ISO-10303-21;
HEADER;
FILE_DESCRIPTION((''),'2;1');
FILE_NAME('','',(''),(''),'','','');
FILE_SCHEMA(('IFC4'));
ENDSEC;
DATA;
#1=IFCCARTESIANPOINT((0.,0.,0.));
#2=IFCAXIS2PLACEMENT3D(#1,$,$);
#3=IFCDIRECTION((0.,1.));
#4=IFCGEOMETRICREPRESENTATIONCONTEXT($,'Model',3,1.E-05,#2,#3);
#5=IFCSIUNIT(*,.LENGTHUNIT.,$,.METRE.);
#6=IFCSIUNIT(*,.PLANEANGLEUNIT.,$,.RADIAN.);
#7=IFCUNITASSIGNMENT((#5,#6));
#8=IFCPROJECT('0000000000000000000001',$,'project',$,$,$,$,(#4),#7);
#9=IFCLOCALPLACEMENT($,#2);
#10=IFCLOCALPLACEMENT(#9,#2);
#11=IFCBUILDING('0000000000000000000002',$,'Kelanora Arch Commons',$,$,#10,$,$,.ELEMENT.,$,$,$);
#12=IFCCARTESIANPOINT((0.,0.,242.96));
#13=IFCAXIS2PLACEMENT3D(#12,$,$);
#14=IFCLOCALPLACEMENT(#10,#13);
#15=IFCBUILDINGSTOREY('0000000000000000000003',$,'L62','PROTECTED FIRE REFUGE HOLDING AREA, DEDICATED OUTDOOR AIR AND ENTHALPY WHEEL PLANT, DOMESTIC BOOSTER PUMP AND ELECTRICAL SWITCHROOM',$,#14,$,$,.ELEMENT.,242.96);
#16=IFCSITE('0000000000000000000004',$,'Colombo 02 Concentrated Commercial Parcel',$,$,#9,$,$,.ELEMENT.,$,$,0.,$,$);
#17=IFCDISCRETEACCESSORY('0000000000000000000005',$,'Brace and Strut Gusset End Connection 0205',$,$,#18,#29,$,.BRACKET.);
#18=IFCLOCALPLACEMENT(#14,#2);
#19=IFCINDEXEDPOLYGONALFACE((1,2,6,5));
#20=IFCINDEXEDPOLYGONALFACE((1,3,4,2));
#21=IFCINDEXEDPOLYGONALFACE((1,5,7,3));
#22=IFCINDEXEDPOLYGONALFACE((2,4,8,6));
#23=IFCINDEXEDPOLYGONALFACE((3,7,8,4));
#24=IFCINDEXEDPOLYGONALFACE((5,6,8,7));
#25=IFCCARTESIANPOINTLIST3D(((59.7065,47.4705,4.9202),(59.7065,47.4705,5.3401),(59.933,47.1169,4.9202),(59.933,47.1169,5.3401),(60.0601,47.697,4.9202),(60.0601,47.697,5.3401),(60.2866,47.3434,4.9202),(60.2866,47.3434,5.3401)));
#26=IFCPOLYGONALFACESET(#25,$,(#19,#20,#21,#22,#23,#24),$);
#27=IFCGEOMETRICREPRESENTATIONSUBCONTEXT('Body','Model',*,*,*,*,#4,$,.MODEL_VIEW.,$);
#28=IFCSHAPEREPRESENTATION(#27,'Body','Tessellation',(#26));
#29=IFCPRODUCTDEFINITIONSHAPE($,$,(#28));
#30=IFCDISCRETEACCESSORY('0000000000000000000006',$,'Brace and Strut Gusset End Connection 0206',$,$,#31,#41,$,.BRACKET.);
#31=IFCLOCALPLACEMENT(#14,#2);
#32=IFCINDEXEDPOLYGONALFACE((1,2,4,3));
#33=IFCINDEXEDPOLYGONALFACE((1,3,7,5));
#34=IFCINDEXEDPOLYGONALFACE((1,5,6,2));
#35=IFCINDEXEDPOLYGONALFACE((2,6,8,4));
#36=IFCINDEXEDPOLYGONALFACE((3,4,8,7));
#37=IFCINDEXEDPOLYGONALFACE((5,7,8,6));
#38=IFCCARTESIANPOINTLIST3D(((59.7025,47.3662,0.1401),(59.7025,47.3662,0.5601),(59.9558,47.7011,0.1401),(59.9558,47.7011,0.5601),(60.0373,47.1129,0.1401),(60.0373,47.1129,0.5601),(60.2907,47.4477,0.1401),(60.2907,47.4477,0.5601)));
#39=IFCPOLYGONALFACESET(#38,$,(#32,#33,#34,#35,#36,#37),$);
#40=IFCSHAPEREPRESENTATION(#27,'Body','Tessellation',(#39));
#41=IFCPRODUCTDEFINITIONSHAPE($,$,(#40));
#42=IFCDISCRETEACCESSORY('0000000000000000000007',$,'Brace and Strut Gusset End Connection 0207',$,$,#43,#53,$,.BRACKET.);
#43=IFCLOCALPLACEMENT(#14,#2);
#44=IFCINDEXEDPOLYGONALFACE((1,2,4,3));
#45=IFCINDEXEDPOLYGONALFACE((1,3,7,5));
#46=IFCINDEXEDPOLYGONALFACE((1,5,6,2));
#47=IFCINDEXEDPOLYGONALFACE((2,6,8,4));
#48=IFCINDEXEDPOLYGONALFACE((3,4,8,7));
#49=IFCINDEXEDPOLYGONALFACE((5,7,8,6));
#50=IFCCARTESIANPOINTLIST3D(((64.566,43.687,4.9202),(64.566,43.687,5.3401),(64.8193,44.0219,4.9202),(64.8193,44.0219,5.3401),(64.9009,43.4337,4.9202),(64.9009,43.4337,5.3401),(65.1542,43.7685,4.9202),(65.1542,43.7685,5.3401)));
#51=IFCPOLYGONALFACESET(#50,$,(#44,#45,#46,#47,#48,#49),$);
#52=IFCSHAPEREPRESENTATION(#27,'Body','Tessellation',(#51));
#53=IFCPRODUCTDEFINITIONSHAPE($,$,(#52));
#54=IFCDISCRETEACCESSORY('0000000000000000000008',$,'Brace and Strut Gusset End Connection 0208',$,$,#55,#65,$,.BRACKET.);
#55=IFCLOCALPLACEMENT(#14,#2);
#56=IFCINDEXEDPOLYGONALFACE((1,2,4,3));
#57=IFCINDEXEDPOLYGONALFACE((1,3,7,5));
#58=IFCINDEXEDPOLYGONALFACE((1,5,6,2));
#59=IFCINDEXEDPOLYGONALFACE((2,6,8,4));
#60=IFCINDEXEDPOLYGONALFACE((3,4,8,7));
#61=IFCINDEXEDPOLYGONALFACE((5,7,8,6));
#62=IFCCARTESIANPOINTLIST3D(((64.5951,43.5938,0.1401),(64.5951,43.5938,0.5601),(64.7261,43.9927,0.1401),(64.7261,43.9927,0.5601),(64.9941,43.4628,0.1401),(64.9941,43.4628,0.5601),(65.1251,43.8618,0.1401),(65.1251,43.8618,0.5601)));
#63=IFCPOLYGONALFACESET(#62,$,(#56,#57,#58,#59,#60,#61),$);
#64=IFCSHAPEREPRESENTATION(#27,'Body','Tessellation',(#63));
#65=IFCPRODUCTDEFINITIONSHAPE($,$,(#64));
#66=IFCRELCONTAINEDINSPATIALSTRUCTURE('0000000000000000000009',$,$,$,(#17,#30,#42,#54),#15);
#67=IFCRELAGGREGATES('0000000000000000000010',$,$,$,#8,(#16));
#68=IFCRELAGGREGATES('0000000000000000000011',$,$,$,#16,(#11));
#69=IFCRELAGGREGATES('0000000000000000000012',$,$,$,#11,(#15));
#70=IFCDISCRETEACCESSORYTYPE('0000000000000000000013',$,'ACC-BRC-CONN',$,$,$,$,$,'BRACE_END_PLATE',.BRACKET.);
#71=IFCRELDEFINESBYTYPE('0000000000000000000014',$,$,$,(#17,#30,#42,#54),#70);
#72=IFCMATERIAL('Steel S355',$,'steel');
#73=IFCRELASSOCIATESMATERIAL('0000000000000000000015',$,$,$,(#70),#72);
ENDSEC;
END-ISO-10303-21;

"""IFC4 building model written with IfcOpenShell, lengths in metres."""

from ifc_helpers import new_model, si_unit, direction, frame, origin, origin_2d, place, context, subcontext, project, spatial, rectangle, extrude, source, transform, mapped, material, type_object, element, save


model = new_model("IFC4")

# Units and contexts
model_context = context("Model", 3, precision=1e-05, world=origin(), true_north=direction((0.0, 1.0)))
body_context = subcontext(model_context, "Body", "Model", "MODEL_VIEW")
ifc_project = project(units=[si_unit("LENGTHUNIT", "METRE"), si_unit("PLANEANGLEUNIT", "RADIAN")], contexts=[model_context])

# Site, building, storey
site_placement = place(None, origin())
site = spatial("IfcSite", under=ifc_project, at=site_placement, Name="Colombo 02 Concentrated Commercial Parcel", CompositionType="ELEMENT", RefElevation=0.0)
building_placement = place(site_placement, origin())
building = spatial("IfcBuilding", under=site, at=building_placement, Name="Kelanora Arch Commons", CompositionType="ELEMENT")
storey_placement = place(building_placement, frame((0.0, 0.0, 242.96)))
storey = spatial("IfcBuildingStorey", under=building, at=storey_placement, Name="L62", Description="PROTECTED FIRE REFUGE HOLDING AREA, DEDICATED OUTDOOR AIR AND ENTHALPY WHEEL PLANT, DOMESTIC BOOSTER PUMP AND ELECTRICAL SWITCHROOM", CompositionType="ELEMENT", Elevation=242.96)

# Shared definitions
ifc_material_1 = material(Name="Steel S355", Category="steel")

# Discrete accessories
discrete_accessory_type = type_object("IfcDiscreteAccessoryType", Name="ACC-BRC-CONN", ElementType="BRACE_END_PLATE", PredefinedType="BRACKET", material=ifc_material_1)
shared_shape = source(origin(), body_context, "Body", "SweptSolid", [
    extrude(rectangle(XDim=0.4199, YDim=0.4199, at=origin_2d()), origin(), (0.0, 0.0, 1.0), 0.4199),
])
for number, where, z_axis, x_axis, name in (
    (1, (59.9966, 47.407, 4.9202), (0.0, 0.0, 1.0), (0.539359, -0.842076, 0.0), "Brace and Strut Gusset End Connection 0205"),
    (2, (59.9966, 47.407, 0.1401), (0.0, 0.0, 1.0), (0.797479, -0.603347, 0.0), "Brace and Strut Gusset End Connection 0206"),
    (3, (64.8601, 43.7278, 4.9202), (0.0, 0.0, 1.0), (0.797479, -0.603347, 0.0), "Brace and Strut Gusset End Connection 0207"),
    (4, (64.8601, 43.7278, 0.1401), (0.0, 0.0, 1.0), (0.950135, -0.311837, 0.0), "Brace and Strut Gusset End Connection 0208"),
):
    element("IfcDiscreteAccessory", number, at=place(storey_placement, frame(where, z_axis=z_axis, x_axis=x_axis)), inside=storey, type_object=discrete_accessory_type, Name=name, PredefinedType="BRACKET", context=body_context, shape_type="MappedRepresentation", body=[
        mapped(shared_shape, transform((0.0, 0.0, 0.0), scale=1.0)),
    ])

save(model, "model.ifc")
